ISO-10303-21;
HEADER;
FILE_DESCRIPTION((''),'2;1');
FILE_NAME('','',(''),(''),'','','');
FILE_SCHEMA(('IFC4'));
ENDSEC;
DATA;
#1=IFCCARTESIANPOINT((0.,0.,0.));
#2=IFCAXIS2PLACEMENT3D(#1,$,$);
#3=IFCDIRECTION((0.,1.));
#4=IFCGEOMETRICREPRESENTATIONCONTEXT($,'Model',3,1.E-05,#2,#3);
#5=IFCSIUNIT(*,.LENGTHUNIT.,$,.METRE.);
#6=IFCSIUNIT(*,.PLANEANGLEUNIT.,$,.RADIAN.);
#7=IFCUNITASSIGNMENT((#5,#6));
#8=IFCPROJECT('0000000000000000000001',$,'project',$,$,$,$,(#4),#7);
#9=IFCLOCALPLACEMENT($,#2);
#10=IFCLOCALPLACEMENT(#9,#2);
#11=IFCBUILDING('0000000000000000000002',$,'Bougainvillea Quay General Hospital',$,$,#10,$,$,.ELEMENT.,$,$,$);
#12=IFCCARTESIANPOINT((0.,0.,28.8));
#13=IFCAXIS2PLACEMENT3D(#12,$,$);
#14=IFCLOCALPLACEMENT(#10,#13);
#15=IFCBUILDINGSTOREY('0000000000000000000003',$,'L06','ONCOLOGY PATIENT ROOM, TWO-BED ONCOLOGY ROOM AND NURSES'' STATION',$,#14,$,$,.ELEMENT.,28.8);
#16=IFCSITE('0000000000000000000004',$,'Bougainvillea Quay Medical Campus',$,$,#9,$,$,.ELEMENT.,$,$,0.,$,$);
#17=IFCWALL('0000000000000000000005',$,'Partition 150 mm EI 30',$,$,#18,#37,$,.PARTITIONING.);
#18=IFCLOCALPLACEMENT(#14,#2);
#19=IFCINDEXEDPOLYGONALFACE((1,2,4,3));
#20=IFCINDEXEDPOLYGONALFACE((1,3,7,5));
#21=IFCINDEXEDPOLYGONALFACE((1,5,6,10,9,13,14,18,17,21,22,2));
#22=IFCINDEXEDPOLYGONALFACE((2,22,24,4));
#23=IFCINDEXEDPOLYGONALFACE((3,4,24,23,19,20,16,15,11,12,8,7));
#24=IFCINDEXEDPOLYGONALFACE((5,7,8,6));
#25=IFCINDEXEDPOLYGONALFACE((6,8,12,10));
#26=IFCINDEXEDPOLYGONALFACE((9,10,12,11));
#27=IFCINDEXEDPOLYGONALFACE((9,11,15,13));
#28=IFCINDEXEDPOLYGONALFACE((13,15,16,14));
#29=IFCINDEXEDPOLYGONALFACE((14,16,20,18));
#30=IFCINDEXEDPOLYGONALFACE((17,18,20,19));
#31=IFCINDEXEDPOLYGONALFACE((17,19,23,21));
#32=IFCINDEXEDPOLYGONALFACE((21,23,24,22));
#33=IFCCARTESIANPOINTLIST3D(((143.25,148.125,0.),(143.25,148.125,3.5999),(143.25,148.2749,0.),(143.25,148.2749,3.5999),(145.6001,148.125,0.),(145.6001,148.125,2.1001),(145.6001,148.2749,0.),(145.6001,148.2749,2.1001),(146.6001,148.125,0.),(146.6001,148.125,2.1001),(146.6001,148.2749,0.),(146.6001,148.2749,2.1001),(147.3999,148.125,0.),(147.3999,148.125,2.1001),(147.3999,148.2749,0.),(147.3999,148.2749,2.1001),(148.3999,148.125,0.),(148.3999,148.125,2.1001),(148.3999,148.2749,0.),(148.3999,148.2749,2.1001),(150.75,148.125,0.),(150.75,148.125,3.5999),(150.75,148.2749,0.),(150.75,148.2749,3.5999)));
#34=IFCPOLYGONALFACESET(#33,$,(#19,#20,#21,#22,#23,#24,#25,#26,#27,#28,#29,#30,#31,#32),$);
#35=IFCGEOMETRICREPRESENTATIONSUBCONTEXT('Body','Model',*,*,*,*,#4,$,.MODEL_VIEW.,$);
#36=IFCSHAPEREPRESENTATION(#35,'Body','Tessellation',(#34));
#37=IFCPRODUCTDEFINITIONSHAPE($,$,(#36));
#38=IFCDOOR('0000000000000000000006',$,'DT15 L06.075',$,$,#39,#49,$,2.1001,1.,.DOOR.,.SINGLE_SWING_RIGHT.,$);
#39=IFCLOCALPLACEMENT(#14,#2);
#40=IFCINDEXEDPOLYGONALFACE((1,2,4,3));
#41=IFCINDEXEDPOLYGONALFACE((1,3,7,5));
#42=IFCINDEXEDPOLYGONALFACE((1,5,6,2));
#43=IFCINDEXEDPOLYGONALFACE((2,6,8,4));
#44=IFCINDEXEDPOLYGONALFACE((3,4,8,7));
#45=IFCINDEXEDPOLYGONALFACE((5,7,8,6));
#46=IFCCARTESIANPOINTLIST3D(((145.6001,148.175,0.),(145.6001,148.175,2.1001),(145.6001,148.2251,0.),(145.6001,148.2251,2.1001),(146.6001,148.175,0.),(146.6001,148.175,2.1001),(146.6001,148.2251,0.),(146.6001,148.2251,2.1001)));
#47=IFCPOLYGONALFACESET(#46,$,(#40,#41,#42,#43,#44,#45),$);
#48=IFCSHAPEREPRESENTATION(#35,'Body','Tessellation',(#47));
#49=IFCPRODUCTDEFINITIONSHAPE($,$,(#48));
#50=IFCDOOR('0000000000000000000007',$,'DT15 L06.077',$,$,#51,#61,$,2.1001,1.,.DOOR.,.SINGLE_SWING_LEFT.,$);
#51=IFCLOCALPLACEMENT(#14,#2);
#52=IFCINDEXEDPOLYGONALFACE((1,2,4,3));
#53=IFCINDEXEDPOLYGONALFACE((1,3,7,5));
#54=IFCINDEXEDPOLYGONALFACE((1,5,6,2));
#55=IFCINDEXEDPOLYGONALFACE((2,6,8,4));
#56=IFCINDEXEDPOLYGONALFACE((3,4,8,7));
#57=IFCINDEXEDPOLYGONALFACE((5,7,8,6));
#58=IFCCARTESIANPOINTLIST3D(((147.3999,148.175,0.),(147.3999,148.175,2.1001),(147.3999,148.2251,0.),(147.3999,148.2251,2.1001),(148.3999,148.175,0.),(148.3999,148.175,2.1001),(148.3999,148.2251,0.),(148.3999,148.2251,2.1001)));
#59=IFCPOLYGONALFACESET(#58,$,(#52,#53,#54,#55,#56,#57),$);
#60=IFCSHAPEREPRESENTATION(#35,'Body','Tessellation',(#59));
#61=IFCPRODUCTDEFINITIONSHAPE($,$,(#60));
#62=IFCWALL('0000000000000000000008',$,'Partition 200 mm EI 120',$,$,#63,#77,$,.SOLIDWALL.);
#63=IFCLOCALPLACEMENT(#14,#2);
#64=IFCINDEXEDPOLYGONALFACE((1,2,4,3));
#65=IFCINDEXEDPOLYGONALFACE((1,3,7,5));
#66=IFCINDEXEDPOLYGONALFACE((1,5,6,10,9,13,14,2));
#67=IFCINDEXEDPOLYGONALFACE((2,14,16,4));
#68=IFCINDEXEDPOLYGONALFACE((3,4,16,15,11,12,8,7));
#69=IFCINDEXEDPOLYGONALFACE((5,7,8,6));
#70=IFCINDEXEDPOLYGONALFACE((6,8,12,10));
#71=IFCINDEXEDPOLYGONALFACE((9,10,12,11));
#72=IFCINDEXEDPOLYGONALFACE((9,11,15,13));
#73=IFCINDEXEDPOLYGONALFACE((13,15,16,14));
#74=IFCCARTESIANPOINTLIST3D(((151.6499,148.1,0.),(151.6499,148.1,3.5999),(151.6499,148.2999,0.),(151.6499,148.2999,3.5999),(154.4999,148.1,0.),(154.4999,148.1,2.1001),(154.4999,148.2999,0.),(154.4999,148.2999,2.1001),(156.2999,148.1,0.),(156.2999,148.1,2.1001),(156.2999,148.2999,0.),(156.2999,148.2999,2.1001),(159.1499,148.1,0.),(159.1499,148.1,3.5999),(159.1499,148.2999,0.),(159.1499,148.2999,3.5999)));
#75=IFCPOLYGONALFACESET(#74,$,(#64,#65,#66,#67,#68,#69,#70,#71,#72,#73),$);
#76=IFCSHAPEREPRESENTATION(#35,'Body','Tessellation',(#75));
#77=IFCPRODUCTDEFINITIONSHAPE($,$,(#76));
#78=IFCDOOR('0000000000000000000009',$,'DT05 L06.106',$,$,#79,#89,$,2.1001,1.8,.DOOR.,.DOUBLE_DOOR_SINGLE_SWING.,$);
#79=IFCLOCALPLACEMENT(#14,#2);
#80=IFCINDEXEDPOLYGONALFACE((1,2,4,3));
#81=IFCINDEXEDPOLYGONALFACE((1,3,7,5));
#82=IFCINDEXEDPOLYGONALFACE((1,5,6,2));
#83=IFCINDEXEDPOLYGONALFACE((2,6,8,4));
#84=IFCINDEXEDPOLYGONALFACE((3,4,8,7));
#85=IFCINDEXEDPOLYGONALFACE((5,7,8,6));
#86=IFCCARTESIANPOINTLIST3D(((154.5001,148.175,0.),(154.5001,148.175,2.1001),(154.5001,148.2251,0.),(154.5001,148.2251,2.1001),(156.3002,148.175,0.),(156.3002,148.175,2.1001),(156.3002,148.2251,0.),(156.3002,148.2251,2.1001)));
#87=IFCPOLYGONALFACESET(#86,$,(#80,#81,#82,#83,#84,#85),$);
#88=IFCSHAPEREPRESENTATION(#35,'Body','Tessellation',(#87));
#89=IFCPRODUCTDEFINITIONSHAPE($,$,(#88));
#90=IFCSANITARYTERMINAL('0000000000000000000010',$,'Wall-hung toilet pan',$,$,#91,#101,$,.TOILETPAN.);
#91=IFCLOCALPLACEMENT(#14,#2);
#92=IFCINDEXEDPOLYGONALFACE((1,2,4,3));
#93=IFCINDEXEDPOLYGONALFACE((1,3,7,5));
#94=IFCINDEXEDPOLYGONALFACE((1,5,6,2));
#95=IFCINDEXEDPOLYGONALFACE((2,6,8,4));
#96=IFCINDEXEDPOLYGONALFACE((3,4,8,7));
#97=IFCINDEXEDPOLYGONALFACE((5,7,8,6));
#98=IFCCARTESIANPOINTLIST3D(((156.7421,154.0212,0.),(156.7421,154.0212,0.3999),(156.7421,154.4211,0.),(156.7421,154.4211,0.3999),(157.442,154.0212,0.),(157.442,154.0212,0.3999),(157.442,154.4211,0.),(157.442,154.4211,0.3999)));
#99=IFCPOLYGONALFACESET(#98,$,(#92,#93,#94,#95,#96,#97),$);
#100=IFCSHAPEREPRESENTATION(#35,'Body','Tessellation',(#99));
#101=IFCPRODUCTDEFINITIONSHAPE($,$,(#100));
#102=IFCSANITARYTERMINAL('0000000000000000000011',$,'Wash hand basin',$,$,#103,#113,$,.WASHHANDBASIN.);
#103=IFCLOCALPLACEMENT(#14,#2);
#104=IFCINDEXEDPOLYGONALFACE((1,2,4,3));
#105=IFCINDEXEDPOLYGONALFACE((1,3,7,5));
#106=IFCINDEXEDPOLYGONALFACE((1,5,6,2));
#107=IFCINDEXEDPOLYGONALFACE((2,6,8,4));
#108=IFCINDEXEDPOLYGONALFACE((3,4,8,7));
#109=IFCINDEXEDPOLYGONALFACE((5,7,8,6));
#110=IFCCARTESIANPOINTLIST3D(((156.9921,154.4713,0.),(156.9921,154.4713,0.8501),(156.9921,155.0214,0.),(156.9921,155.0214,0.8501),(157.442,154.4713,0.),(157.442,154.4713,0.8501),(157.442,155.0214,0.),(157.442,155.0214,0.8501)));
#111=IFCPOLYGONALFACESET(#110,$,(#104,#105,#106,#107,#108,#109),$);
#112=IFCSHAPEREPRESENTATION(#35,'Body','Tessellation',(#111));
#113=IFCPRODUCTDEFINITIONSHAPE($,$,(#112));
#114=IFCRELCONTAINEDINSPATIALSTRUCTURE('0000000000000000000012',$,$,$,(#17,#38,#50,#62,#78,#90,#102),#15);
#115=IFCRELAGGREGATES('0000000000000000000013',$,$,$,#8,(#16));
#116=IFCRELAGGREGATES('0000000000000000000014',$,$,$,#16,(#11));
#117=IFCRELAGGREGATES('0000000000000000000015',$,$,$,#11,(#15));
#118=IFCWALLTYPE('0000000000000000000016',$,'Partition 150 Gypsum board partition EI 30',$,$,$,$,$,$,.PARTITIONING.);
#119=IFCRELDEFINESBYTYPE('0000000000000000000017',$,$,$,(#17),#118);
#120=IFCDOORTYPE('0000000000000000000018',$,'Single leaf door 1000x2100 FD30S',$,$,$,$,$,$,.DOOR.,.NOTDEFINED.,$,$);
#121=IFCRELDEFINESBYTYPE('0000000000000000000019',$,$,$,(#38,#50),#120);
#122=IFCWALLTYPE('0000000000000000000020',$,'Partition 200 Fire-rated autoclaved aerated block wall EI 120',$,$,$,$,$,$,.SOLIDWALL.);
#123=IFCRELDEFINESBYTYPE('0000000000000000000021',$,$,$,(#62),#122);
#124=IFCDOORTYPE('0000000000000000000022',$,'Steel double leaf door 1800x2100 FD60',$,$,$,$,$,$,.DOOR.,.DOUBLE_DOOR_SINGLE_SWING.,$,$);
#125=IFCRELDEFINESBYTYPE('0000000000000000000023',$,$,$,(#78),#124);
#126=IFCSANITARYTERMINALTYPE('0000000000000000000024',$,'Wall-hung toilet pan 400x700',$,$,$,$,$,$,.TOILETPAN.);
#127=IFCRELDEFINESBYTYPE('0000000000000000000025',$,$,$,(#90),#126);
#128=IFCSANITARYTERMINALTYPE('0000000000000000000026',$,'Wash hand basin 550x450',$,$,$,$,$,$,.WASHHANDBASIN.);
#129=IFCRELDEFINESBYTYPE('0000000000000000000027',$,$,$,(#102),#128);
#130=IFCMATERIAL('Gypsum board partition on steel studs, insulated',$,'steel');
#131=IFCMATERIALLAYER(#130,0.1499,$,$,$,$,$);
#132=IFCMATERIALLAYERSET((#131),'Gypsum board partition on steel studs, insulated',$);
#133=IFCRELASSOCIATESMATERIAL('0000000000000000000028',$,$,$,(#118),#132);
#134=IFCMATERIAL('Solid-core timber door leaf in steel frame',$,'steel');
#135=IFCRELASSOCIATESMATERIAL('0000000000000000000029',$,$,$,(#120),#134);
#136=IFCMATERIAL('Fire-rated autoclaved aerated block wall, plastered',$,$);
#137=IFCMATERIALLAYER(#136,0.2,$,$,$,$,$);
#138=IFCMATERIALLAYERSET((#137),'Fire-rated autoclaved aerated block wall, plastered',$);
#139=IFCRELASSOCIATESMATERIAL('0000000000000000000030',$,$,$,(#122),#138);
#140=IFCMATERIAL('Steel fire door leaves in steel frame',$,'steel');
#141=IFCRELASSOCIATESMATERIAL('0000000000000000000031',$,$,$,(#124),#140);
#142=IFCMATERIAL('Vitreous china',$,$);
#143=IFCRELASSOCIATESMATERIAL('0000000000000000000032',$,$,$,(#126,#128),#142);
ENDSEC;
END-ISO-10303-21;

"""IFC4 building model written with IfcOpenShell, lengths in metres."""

from ifc_helpers import new_model, si_unit, direction, frame, frame_2d, origin, origin_2d, place, context, subcontext, project, spatial, rectangle, extrude, material, layer, layer_set, type_object, element, fill, save


model = new_model("IFC4")

# Units and contexts
model_context = context("Model", 3, precision=1e-05, world=origin(), true_north=direction((0.0, 1.0)))
body_context = subcontext(model_context, "Body", "Model", "MODEL_VIEW")
ifc_project = project(units=[si_unit("LENGTHUNIT", "METRE"), si_unit("PLANEANGLEUNIT", "RADIAN")], contexts=[model_context])

# Site, building, storey
site_placement = place(None, origin())
site = spatial("IfcSite", under=ifc_project, at=site_placement, Name="Bougainvillea Quay Medical Campus", CompositionType="ELEMENT", RefElevation=0.0)
building_placement = place(site_placement, origin())
building = spatial("IfcBuilding", under=site, at=building_placement, Name="Bougainvillea Quay General Hospital", CompositionType="ELEMENT")
storey_placement = place(building_placement, frame((0.0, 0.0, 28.8)))
storey = spatial("IfcBuildingStorey", under=building, at=storey_placement, Name="L06", Description="ONCOLOGY PATIENT ROOM, TWO-BED ONCOLOGY ROOM AND NURSES' STATION", CompositionType="ELEMENT", Elevation=28.8)

# Shared definitions
ifc_material_1 = material(Name="Gypsum board partition on steel studs, insulated", Category="steel")

# Shared definitions
ifc_material_2 = material(Name="Solid-core timber door leaf in steel frame", Category="steel")

# Shared definitions
ifc_layer_1 = layer(ifc_material_1, 0.1499)
ifc_layer_set_1 = layer_set([ifc_layer_1], Name="Gypsum board partition on steel studs, insulated")
wall_type_1 = type_object("IfcWallType", Name="Partition 150 Gypsum board partition EI 30", PredefinedType="PARTITIONING", material=ifc_layer_set_1)

# Wall, openings, doors
wall_1_placement = place(storey_placement, frame((150.75, 148.2, 0.0), z_axis=(0.0, 0.0, 1.0), x_axis=(-1.0, 0.0, 0.0)))
wall_1 = element("IfcWall", 1, at=wall_1_placement, inside=storey, type_object=wall_type_1, Name="Partition 150 mm EI 30", PredefinedType="PARTITIONING", context=body_context, shape_type="SweptSolid", body=[
    extrude(rectangle(XDim=7.5, YDim=0.1499, at=frame_2d((3.75, 0.0))), origin(), (0.0, 0.0, 1.0), 3.5999),
])
opening_1_placement = place(wall_1_placement, frame((4.1499, 0.0, 0.0)))
opening_1 = element("IfcOpeningElement", 2, at=opening_1_placement, cuts=wall_1, PredefinedType="OPENING", context=body_context, shape_type="SweptSolid", body=[
    extrude(rectangle(XDim=1.0, YDim=2.1001, at=frame_2d((0.5, 1.05))), frame((0.0, 0.085, 0.0), z_axis=(0.0, -1.0, 0.0), x_axis=(1.0, 0.0, 0.0)), (0.0, 0.0, 1.0), 0.1699),
])
opening_2_placement = place(wall_1_placement, frame((2.3501, 0.0, 0.0)))
opening_2 = element("IfcOpeningElement", 3, at=opening_2_placement, cuts=wall_1, PredefinedType="OPENING", context=body_context, shape_type="SweptSolid", body=[
    extrude(rectangle(XDim=1.0, YDim=2.1001, at=frame_2d((0.5, 1.05))), frame((0.0, 0.085, 0.0), z_axis=(0.0, -1.0, 0.0), x_axis=(1.0, 0.0, 0.0)), (0.0, 0.0, 1.0), 0.1699),
])
door_type_1 = type_object("IfcDoorType", Name="Single leaf door 1000x2100 FD30S", OperationType="NOTDEFINED", PredefinedType="DOOR", material=ifc_material_2)
door_1_placement = place(opening_1_placement, origin())
door_1 = element("IfcDoor", 4, at=door_1_placement, inside=storey, type_object=door_type_1, Name="DT15 L06.075", OperationType="SINGLE_SWING_RIGHT", OverallHeight=2.1001, OverallWidth=1.0, PredefinedType="DOOR", context=body_context, shape_type="SweptSolid", body=[
    extrude(rectangle(XDim=1.0, YDim=2.1001, at=frame_2d((0.5, 1.05))), frame((0.0, 0.0249, 0.0), z_axis=(0.0, -1.0, 0.0), x_axis=(1.0, 0.0, 0.0)), (0.0, 0.0, 1.0), 0.05),
])
fill(opening_1, door_1)
door_2_placement = place(opening_2_placement, origin())
door_2 = element("IfcDoor", 5, at=door_2_placement, inside=storey, type_object=door_type_1, Name="DT15 L06.077", OperationType="SINGLE_SWING_LEFT", OverallHeight=2.1001, OverallWidth=1.0, PredefinedType="DOOR", context=body_context, shape_type="SweptSolid", body=[
    extrude(rectangle(XDim=1.0, YDim=2.1001, at=frame_2d((0.5, 1.05))), frame((0.0, 0.0249, 0.0), z_axis=(0.0, -1.0, 0.0), x_axis=(1.0, 0.0, 0.0)), (0.0, 0.0, 1.0), 0.05),
])
fill(opening_2, door_2)

# Wall, opening, door
ifc_material_3 = material(Name="Fire-rated autoclaved aerated block wall, plastered")
ifc_layer_2 = layer(ifc_material_3, 0.2)
ifc_layer_set_2 = layer_set([ifc_layer_2], Name="Fire-rated autoclaved aerated block wall, plastered")
wall_type_2 = type_object("IfcWallType", Name="Partition 200 Fire-rated autoclaved aerated block wall EI 120", PredefinedType="SOLIDWALL", material=ifc_layer_set_2)
wall_2_placement = place(storey_placement, frame((151.6499, 148.2, 0.0), z_axis=(0.0, 0.0, 1.0), x_axis=(1.0, 0.0, 0.0)))
wall_2 = element("IfcWall", 6, at=wall_2_placement, inside=storey, type_object=wall_type_2, Name="Partition 200 mm EI 120", PredefinedType="SOLIDWALL", context=body_context, shape_type="SweptSolid", body=[
    extrude(rectangle(XDim=7.5, YDim=0.2, at=frame_2d((3.75, 0.0))), origin(), (0.0, 0.0, 1.0), 3.5999),
])
opening_3_placement = place(wall_2_placement, frame((2.8501, 0.0, 0.0)))
opening_3 = element("IfcOpeningElement", 7, at=opening_3_placement, cuts=wall_2, PredefinedType="OPENING", context=body_context, shape_type="SweptSolid", body=[
    extrude(rectangle(XDim=1.8, YDim=2.1001, at=frame_2d((0.8999, 1.05))), frame((0.0, 0.1099, 0.0), z_axis=(0.0, -1.0, 0.0), x_axis=(1.0, 0.0, 0.0)), (0.0, 0.0, 1.0), 0.22),
])
ifc_material_4 = material(Name="Steel fire door leaves in steel frame", Category="steel")
door_type_2 = type_object("IfcDoorType", Name="Steel double leaf door 1800x2100 FD60", OperationType="DOUBLE_DOOR_SINGLE_SWING", PredefinedType="DOOR", material=ifc_material_4)
door_3_placement = place(opening_3_placement, frame((1.8, 0.0, 0.0), z_axis=(0.0, 0.0, 1.0), x_axis=(-1.0, 0.0, 0.0)))
door_3 = element("IfcDoor", 8, at=door_3_placement, inside=storey, type_object=door_type_2, Name="DT05 L06.106", OperationType="DOUBLE_DOOR_SINGLE_SWING", OverallHeight=2.1001, OverallWidth=1.8, PredefinedType="DOOR", context=body_context, shape_type="SweptSolid", body=[
    extrude(rectangle(XDim=1.8, YDim=2.1001, at=frame_2d((0.8999, 1.05))), frame((0.0, 0.0249, 0.0), z_axis=(0.0, -1.0, 0.0), x_axis=(1.0, 0.0, 0.0)), (0.0, 0.0, 1.0), 0.05),
])
fill(opening_3, door_3)

# Sanitary terminals
ifc_material_5 = material(Name="Vitreous china")
sanitary_terminal_type_1 = type_object("IfcSanitaryTerminalType", Name="Wall-hung toilet pan 400x700", PredefinedType="TOILETPAN", material=ifc_material_5)
sanitary_terminal_1_placement = place(storey_placement, frame((157.092, 154.2212, 0.0), z_axis=(0.0, 0.0, 1.0), x_axis=(0.0, -1.0, 0.0)))
element("IfcSanitaryTerminal", 9, at=sanitary_terminal_1_placement, inside=storey, type_object=sanitary_terminal_type_1, Name="Wall-hung toilet pan", PredefinedType="TOILETPAN", context=body_context, shape_type="SweptSolid", body=[
    extrude(rectangle(XDim=0.3999, YDim=0.7, at=origin_2d()), origin(), (0.0, 0.0, 1.0), 0.3999),
])
sanitary_terminal_type_2 = type_object("IfcSanitaryTerminalType", Name="Wash hand basin 550x450", PredefinedType="WASHHANDBASIN", material=ifc_material_5)
sanitary_terminal_2_placement = place(storey_placement, frame((157.217, 154.7463, 0.0), z_axis=(0.0, 0.0, 1.0), x_axis=(0.0, -1.0, 0.0)))
element("IfcSanitaryTerminal", 10, at=sanitary_terminal_2_placement, inside=storey, type_object=sanitary_terminal_type_2, Name="Wash hand basin", PredefinedType="WASHHANDBASIN", context=body_context, shape_type="SweptSolid", body=[
    extrude(rectangle(XDim=0.55, YDim=0.45, at=origin_2d()), origin(), (0.0, 0.0, 1.0), 0.8501),
])

save(model, "model.ifc")
